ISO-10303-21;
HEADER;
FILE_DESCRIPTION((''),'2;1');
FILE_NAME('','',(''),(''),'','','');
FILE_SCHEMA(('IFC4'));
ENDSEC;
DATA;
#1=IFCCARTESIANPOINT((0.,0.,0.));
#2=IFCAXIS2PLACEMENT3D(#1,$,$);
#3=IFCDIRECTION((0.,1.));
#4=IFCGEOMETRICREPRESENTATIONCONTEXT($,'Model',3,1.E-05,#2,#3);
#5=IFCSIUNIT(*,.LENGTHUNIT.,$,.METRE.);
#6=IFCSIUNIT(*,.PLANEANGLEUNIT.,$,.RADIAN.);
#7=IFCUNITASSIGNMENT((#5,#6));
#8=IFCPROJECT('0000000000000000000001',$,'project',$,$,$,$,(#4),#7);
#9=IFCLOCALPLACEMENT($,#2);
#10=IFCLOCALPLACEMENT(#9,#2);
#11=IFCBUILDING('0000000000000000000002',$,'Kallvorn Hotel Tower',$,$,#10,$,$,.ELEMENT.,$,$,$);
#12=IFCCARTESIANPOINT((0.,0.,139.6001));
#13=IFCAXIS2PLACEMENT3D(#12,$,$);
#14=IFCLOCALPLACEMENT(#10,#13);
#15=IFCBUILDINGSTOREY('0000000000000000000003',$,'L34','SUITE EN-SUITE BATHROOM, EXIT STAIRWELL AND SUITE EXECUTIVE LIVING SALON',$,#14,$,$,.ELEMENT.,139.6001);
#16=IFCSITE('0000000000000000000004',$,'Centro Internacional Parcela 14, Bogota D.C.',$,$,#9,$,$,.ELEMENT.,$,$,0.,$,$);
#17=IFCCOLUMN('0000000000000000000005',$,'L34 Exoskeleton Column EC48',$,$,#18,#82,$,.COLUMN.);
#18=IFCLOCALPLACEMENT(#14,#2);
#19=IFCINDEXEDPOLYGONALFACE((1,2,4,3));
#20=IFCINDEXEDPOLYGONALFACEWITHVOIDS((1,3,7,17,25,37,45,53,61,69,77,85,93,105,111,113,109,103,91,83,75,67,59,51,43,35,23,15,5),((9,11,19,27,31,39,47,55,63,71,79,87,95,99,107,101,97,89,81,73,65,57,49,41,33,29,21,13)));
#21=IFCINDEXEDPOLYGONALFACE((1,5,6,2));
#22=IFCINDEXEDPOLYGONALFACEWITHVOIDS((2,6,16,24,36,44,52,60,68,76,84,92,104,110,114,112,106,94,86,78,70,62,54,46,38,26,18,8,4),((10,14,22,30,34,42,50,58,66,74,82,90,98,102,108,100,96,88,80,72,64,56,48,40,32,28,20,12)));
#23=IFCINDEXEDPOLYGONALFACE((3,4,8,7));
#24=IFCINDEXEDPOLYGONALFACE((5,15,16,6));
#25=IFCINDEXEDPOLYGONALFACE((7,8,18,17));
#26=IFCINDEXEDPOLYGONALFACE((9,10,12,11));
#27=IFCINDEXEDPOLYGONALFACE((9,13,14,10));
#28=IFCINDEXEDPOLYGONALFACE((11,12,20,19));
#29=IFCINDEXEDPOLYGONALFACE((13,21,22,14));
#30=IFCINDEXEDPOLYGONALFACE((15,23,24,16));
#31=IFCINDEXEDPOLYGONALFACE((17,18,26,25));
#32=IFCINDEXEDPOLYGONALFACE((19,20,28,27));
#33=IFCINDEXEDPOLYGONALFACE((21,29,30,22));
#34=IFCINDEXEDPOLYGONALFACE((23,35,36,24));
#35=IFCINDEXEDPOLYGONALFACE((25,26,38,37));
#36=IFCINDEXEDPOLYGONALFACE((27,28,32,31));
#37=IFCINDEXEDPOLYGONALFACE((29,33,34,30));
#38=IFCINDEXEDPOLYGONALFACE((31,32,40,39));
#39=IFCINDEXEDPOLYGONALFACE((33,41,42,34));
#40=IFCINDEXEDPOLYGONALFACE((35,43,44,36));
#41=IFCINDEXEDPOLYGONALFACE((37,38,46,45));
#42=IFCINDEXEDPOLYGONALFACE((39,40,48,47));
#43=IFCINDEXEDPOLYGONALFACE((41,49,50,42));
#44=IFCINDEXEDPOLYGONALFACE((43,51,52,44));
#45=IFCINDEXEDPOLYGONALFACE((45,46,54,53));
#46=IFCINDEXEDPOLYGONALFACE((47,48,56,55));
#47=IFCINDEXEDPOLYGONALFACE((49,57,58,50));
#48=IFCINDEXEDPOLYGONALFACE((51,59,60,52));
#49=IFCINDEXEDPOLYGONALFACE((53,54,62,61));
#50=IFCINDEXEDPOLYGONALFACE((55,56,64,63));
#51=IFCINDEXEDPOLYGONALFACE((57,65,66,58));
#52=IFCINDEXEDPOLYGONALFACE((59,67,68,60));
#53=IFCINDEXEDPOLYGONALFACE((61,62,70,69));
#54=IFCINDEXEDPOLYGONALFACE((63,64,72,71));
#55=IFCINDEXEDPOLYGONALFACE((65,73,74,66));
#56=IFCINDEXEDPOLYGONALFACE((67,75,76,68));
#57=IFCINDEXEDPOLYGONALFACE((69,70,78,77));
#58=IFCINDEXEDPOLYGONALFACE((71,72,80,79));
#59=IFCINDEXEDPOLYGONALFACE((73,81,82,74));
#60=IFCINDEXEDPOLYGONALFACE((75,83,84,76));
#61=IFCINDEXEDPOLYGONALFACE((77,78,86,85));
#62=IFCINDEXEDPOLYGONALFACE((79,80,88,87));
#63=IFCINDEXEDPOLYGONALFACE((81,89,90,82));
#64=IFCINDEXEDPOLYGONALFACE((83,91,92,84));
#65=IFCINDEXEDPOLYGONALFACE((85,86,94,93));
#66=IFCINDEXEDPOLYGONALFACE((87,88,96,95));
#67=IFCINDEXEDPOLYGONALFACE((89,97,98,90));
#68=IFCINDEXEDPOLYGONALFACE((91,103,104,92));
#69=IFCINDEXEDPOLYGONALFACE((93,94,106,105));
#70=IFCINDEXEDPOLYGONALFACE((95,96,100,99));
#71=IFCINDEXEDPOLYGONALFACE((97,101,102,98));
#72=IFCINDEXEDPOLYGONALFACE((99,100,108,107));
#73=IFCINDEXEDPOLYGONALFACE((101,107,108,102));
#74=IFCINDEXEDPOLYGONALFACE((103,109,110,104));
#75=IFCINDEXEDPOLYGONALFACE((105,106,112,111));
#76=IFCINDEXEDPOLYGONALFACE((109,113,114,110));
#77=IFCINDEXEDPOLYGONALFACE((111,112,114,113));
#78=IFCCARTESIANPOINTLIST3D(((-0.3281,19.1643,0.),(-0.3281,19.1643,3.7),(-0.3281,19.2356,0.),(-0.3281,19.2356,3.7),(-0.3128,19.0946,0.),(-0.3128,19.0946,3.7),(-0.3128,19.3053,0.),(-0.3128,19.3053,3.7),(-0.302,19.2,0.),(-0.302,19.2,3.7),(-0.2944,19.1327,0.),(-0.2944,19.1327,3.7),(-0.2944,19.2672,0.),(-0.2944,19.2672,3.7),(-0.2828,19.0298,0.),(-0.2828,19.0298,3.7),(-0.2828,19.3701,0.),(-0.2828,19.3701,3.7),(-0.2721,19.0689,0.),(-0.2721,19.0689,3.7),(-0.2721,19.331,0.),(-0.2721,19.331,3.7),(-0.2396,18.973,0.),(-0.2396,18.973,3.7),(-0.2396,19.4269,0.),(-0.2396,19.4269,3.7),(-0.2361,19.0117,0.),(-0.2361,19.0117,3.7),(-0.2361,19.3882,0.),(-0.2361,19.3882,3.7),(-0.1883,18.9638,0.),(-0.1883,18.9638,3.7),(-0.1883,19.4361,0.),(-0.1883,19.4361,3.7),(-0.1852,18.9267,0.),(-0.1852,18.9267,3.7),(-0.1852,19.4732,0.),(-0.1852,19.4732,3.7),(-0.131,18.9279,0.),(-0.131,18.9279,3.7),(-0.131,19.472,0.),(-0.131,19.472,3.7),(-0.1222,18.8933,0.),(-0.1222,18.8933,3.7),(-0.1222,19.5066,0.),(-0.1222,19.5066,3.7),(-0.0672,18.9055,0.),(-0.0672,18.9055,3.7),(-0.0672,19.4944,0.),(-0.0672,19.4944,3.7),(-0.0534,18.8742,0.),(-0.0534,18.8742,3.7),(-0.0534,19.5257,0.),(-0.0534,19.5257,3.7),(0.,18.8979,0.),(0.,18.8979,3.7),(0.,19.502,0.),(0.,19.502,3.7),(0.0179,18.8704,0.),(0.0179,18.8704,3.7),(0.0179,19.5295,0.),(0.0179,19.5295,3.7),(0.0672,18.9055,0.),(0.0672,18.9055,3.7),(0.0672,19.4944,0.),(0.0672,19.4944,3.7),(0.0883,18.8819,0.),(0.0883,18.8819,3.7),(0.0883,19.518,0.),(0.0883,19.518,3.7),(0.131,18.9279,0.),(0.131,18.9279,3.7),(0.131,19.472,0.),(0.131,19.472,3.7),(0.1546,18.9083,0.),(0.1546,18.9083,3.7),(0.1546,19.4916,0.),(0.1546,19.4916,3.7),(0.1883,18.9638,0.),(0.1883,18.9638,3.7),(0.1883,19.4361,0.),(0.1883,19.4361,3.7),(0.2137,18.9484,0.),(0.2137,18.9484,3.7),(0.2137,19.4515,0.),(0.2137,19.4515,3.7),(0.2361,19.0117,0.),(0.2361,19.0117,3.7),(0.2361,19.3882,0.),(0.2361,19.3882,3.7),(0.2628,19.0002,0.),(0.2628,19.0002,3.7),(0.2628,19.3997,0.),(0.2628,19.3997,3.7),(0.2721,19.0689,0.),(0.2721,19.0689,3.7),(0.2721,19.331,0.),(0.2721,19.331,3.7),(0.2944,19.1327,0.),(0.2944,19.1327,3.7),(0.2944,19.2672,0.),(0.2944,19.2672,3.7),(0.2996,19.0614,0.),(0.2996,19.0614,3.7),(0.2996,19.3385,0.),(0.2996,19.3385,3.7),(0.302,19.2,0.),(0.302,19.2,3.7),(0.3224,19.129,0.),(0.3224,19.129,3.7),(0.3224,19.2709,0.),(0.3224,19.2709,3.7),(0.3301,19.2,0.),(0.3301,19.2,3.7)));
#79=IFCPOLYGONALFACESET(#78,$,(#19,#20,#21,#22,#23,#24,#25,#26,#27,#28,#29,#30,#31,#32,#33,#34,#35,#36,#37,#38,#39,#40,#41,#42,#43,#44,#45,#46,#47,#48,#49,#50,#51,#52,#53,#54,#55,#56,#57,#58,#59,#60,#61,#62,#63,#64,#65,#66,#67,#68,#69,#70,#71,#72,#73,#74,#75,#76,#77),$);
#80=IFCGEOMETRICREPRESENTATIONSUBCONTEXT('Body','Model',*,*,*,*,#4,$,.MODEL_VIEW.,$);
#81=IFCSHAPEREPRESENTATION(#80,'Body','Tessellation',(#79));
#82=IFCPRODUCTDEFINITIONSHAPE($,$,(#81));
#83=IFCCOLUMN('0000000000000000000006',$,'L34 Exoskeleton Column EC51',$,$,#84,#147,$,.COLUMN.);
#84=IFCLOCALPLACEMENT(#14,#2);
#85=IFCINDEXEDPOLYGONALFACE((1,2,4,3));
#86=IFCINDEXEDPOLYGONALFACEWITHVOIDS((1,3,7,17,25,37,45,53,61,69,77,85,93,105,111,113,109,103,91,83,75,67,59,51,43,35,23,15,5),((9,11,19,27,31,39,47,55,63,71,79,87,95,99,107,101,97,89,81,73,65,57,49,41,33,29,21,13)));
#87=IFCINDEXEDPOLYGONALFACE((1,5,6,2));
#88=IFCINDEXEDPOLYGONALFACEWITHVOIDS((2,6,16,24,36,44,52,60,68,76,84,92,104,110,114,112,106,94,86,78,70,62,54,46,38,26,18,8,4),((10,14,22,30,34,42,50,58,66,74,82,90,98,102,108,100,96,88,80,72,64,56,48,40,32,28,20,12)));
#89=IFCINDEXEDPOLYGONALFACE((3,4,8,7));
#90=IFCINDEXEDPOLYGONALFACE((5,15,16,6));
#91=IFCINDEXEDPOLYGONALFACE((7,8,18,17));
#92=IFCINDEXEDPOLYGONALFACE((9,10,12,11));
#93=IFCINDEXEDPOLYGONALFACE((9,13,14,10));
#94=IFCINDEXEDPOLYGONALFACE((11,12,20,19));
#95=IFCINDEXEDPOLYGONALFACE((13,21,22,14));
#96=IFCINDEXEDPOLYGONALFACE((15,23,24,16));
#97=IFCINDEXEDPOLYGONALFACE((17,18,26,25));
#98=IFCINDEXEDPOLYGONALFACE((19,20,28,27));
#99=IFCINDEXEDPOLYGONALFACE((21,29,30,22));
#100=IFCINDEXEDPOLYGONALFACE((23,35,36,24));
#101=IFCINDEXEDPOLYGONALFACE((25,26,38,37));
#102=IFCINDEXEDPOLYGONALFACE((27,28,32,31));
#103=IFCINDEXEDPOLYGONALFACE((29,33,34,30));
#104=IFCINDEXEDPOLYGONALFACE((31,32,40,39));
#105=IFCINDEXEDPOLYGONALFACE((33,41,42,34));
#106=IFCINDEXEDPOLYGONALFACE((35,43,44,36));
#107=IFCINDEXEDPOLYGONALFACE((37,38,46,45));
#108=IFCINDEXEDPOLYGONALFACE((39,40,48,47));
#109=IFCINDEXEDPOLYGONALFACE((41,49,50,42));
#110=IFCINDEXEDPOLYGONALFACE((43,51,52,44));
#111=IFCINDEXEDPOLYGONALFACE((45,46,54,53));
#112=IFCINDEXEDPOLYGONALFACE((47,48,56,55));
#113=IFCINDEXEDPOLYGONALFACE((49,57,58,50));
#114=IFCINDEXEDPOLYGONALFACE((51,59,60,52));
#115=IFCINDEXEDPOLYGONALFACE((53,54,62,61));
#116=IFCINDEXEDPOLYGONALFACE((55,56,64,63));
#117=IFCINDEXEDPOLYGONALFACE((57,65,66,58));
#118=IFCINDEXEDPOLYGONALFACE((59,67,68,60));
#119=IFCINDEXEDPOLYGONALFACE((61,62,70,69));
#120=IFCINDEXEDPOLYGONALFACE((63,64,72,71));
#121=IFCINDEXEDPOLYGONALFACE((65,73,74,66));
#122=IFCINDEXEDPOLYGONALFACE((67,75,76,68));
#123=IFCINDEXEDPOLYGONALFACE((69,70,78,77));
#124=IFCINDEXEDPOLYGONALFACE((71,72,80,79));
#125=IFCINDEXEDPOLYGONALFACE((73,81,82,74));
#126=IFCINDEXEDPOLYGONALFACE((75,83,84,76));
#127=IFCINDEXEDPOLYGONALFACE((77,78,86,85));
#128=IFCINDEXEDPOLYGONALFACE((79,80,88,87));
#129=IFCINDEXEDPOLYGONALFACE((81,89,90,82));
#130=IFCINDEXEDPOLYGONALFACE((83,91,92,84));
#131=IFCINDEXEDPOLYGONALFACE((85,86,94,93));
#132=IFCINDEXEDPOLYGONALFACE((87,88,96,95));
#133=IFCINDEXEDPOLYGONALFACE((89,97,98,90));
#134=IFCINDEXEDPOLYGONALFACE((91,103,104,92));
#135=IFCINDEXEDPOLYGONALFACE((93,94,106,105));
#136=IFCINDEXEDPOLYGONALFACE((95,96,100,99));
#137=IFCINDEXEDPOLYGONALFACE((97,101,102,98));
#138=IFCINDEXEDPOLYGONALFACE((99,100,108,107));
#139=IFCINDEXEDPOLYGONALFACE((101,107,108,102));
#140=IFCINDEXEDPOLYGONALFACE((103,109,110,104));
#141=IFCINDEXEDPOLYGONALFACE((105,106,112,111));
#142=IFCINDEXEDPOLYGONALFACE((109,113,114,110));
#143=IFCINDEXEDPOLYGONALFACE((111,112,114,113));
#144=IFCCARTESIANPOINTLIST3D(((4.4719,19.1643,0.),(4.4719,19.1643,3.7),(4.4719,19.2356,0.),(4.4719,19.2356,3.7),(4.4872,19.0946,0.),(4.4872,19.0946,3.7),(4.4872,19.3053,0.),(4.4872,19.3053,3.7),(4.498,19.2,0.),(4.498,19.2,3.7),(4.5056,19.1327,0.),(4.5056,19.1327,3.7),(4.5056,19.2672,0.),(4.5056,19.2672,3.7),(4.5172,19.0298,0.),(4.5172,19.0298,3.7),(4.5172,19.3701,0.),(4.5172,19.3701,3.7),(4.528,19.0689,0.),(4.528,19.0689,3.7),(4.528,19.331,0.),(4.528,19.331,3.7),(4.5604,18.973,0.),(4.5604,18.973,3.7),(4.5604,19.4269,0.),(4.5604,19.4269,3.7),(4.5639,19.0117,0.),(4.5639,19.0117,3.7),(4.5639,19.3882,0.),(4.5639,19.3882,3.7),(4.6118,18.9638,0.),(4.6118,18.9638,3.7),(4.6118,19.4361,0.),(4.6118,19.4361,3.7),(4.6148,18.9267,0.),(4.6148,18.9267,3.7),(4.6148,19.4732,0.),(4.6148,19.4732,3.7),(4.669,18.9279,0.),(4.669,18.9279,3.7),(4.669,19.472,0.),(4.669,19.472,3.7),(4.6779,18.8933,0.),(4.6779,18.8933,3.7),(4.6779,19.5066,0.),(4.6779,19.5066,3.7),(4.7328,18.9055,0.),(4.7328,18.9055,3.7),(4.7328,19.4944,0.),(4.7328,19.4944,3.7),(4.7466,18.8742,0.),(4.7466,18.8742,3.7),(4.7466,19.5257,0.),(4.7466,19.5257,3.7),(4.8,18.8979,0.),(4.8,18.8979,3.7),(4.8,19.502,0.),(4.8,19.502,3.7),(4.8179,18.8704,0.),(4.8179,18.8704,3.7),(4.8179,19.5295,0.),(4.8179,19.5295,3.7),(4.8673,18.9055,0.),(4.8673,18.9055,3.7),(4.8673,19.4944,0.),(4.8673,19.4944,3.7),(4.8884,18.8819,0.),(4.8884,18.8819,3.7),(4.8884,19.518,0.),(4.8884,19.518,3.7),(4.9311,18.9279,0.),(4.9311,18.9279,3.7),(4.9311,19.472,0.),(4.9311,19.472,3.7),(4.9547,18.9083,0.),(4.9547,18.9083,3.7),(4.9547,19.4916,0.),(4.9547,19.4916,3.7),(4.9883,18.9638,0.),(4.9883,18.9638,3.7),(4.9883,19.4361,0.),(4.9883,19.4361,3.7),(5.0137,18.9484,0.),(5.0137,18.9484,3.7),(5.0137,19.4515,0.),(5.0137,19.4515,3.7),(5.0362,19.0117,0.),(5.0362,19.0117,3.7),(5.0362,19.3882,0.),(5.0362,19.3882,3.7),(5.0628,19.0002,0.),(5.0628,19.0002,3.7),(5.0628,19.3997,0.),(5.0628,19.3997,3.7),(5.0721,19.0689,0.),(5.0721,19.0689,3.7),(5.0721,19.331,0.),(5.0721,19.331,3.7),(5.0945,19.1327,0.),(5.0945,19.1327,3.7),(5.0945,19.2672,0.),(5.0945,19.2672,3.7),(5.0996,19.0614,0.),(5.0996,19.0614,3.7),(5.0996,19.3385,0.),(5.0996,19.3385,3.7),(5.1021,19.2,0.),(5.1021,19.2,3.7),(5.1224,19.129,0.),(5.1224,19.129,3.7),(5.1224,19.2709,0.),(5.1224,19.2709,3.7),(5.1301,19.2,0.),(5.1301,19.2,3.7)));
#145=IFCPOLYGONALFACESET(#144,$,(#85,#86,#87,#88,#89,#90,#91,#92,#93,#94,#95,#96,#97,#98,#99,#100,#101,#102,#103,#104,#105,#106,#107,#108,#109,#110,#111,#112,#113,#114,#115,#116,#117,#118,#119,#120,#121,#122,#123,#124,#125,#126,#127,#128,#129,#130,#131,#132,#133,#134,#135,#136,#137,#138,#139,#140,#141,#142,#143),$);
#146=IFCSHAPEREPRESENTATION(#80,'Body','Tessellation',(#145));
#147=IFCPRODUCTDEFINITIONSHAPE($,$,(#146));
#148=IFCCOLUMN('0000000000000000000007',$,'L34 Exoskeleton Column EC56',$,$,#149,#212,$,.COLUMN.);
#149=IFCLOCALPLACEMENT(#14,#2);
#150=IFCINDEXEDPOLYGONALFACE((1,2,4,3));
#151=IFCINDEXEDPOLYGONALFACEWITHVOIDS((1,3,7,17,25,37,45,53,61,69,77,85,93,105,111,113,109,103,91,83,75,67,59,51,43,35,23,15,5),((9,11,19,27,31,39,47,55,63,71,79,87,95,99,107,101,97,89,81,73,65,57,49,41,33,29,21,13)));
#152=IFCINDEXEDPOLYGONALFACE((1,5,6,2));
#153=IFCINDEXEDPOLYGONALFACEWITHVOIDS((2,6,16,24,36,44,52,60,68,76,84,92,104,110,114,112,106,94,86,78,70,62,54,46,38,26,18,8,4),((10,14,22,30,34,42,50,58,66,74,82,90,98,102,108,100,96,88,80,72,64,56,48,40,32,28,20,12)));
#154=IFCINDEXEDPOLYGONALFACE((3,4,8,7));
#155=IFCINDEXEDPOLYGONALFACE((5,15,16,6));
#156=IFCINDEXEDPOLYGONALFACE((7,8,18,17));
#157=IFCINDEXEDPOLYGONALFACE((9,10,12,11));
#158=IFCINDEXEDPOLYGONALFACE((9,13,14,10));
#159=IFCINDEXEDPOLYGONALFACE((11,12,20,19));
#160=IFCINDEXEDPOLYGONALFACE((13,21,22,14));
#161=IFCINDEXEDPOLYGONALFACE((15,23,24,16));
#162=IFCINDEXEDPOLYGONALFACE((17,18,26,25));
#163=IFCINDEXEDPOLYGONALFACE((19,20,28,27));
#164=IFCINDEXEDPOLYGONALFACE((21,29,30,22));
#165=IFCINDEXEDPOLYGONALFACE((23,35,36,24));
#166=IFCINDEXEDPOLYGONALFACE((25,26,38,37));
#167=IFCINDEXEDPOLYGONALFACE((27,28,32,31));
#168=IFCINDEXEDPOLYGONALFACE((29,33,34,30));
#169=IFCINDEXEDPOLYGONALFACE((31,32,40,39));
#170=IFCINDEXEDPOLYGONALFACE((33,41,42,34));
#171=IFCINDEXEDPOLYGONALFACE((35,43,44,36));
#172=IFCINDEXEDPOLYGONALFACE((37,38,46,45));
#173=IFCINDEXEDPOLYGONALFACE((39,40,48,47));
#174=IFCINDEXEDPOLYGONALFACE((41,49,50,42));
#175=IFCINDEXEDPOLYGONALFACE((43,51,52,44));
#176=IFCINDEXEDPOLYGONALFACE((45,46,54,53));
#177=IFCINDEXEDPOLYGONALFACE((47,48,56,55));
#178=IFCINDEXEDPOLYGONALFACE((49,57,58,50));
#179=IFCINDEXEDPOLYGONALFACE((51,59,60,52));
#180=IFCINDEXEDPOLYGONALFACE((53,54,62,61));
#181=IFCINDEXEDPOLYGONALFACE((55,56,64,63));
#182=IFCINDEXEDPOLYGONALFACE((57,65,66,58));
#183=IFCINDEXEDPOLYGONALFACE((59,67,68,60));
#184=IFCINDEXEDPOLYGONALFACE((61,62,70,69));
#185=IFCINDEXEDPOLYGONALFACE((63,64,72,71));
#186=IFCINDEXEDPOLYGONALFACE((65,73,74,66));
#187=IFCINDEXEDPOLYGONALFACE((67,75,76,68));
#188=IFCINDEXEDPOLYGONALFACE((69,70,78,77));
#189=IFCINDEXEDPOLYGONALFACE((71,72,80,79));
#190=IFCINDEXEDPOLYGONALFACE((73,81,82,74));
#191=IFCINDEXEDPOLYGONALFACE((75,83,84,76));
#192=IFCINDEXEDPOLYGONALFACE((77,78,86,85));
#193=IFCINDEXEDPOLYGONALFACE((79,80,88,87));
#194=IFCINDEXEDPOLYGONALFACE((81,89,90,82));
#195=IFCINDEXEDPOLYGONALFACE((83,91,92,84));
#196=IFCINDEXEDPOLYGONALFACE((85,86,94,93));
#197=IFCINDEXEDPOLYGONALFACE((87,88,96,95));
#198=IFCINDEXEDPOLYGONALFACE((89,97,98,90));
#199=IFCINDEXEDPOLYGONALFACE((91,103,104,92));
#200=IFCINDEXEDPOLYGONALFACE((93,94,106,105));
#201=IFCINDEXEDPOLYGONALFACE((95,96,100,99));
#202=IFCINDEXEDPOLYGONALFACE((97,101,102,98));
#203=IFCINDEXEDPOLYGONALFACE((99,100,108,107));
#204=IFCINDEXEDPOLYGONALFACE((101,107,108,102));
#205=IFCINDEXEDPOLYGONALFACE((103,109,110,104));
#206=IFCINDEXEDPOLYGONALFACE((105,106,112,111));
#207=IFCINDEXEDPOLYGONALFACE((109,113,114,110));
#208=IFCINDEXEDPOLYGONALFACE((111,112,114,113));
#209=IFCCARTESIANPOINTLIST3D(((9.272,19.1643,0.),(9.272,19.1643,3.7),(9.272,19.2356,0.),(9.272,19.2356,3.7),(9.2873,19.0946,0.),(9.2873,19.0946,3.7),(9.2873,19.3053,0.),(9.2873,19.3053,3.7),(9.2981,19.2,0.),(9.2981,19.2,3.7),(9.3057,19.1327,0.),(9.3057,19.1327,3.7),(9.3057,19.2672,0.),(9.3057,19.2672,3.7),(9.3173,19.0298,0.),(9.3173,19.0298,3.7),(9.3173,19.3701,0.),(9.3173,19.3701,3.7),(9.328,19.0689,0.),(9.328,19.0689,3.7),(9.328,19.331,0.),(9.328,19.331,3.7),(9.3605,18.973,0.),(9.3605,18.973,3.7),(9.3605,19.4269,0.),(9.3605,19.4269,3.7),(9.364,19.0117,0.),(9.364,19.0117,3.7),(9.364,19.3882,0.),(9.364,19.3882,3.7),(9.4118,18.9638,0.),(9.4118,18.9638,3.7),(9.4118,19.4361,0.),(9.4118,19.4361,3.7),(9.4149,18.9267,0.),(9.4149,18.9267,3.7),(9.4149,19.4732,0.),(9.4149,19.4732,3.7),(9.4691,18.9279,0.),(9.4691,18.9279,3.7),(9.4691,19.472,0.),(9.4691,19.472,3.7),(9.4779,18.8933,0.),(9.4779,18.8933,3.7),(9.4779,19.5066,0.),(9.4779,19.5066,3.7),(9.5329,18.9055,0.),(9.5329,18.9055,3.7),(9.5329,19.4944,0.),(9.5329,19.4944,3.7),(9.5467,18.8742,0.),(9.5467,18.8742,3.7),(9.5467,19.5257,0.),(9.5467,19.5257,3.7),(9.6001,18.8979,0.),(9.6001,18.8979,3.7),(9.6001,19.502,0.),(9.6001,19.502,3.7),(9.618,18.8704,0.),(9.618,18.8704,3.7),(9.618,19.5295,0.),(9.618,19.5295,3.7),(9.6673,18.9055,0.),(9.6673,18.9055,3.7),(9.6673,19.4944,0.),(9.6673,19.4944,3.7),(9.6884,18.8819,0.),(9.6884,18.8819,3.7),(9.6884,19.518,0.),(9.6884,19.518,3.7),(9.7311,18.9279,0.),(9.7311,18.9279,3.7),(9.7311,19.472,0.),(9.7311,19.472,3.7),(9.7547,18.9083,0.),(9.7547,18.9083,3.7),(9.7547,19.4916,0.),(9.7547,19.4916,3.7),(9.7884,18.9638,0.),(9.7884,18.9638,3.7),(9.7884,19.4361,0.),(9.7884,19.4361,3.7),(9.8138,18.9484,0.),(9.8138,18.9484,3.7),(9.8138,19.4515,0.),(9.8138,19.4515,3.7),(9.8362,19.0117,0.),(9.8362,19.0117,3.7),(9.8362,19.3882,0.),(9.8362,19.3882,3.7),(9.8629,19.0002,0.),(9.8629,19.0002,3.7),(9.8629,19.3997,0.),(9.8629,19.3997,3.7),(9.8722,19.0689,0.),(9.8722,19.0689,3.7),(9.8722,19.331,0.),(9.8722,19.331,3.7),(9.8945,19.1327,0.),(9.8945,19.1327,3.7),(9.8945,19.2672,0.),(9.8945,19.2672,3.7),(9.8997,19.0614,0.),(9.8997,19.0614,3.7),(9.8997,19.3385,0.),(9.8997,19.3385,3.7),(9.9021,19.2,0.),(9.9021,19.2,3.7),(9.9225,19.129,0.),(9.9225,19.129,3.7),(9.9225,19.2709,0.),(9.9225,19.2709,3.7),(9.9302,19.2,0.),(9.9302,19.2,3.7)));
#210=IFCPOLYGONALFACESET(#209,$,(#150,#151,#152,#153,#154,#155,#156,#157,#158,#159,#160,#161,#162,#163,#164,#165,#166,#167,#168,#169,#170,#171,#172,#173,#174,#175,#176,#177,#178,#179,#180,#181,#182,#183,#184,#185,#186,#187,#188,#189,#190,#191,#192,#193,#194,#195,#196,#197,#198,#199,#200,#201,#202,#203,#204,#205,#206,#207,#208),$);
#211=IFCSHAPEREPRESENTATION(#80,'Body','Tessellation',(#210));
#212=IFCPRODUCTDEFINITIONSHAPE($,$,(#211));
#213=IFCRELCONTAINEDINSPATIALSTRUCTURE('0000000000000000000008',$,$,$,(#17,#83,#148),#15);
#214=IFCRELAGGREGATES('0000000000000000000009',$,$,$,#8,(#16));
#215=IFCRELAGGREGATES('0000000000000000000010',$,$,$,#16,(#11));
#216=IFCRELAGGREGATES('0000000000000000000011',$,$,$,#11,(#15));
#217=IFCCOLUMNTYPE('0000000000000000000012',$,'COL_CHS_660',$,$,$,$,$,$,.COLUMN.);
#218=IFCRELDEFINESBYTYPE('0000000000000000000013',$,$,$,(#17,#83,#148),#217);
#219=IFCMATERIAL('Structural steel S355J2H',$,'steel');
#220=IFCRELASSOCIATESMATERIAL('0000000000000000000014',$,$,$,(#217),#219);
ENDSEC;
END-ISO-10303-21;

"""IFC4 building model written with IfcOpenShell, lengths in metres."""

from ifc_helpers import new_model, si_unit, direction, frame, origin, origin_2d, place, context, subcontext, project, spatial, hollow_circle, extrude, material, material_profile, profile_set, type_object, element, save


model = new_model("IFC4")

# Units and contexts
model_context = context("Model", 3, precision=1e-05, world=origin(), true_north=direction((0.0, 1.0)))
body_context = subcontext(model_context, "Body", "Model", "MODEL_VIEW")
ifc_project = project(units=[si_unit("LENGTHUNIT", "METRE"), si_unit("PLANEANGLEUNIT", "RADIAN")], contexts=[model_context])

# Site, building, storey
site_placement = place(None, origin())
site = spatial("IfcSite", under=ifc_project, at=site_placement, Name="Centro Internacional Parcela 14, Bogota D.C.", CompositionType="ELEMENT", RefElevation=0.0)
building_placement = place(site_placement, origin())
building = spatial("IfcBuilding", under=site, at=building_placement, Name="Kallvorn Hotel Tower", CompositionType="ELEMENT")
storey_placement = place(building_placement, frame((0.0, 0.0, 139.6001)))
storey = spatial("IfcBuildingStorey", under=building, at=storey_placement, Name="L34", Description="SUITE EN-SUITE BATHROOM, EXIT STAIRWELL AND SUITE EXECUTIVE LIVING SALON", CompositionType="ELEMENT", Elevation=139.6001)

# Columns
ifc_material_1 = material(Name="Structural steel S355J2H", Category="steel")
ifc_material_profile_1 = material_profile(ifc_material_1, hollow_circle(Radius=0.3301, WallThickness=0.0281, at=origin_2d()), Name="CHS 660x28")
ifc_profile_set_1 = profile_set([ifc_material_profile_1], Name="Structural steel S355J2H")
column_type_1 = type_object("IfcColumnType", Name="COL_CHS_660", PredefinedType="COLUMN", material=ifc_profile_set_1)
for number, where, z_axis, x_axis, name in (
    (1, (0.0, 19.2, 0.0), (0.0, 0.0, 1.0), (1.0, 0.0, 0.0), "L34 Exoskeleton Column EC48"),
    (2, (4.8, 19.2, 0.0), (0.0, 0.0, 1.0), (1.0, 0.0, 0.0), "L34 Exoskeleton Column EC51"),
    (3, (9.6001, 19.2, 0.0), (0.0, 0.0, 1.0), (1.0, 0.0, 0.0), "L34 Exoskeleton Column EC56"),
):
    element("IfcColumn", number, at=place(storey_placement, frame(where, z_axis=z_axis, x_axis=x_axis)), inside=storey, type_object=column_type_1, Name=name, PredefinedType="COLUMN", context=body_context, shape_type="SweptSolid", body=[
        extrude(hollow_circle(Radius=0.3301, WallThickness=0.0281, at=origin_2d()), origin(), (0.0, 0.0, 1.0), 3.7),
    ])

save(model, "model.ifc")
